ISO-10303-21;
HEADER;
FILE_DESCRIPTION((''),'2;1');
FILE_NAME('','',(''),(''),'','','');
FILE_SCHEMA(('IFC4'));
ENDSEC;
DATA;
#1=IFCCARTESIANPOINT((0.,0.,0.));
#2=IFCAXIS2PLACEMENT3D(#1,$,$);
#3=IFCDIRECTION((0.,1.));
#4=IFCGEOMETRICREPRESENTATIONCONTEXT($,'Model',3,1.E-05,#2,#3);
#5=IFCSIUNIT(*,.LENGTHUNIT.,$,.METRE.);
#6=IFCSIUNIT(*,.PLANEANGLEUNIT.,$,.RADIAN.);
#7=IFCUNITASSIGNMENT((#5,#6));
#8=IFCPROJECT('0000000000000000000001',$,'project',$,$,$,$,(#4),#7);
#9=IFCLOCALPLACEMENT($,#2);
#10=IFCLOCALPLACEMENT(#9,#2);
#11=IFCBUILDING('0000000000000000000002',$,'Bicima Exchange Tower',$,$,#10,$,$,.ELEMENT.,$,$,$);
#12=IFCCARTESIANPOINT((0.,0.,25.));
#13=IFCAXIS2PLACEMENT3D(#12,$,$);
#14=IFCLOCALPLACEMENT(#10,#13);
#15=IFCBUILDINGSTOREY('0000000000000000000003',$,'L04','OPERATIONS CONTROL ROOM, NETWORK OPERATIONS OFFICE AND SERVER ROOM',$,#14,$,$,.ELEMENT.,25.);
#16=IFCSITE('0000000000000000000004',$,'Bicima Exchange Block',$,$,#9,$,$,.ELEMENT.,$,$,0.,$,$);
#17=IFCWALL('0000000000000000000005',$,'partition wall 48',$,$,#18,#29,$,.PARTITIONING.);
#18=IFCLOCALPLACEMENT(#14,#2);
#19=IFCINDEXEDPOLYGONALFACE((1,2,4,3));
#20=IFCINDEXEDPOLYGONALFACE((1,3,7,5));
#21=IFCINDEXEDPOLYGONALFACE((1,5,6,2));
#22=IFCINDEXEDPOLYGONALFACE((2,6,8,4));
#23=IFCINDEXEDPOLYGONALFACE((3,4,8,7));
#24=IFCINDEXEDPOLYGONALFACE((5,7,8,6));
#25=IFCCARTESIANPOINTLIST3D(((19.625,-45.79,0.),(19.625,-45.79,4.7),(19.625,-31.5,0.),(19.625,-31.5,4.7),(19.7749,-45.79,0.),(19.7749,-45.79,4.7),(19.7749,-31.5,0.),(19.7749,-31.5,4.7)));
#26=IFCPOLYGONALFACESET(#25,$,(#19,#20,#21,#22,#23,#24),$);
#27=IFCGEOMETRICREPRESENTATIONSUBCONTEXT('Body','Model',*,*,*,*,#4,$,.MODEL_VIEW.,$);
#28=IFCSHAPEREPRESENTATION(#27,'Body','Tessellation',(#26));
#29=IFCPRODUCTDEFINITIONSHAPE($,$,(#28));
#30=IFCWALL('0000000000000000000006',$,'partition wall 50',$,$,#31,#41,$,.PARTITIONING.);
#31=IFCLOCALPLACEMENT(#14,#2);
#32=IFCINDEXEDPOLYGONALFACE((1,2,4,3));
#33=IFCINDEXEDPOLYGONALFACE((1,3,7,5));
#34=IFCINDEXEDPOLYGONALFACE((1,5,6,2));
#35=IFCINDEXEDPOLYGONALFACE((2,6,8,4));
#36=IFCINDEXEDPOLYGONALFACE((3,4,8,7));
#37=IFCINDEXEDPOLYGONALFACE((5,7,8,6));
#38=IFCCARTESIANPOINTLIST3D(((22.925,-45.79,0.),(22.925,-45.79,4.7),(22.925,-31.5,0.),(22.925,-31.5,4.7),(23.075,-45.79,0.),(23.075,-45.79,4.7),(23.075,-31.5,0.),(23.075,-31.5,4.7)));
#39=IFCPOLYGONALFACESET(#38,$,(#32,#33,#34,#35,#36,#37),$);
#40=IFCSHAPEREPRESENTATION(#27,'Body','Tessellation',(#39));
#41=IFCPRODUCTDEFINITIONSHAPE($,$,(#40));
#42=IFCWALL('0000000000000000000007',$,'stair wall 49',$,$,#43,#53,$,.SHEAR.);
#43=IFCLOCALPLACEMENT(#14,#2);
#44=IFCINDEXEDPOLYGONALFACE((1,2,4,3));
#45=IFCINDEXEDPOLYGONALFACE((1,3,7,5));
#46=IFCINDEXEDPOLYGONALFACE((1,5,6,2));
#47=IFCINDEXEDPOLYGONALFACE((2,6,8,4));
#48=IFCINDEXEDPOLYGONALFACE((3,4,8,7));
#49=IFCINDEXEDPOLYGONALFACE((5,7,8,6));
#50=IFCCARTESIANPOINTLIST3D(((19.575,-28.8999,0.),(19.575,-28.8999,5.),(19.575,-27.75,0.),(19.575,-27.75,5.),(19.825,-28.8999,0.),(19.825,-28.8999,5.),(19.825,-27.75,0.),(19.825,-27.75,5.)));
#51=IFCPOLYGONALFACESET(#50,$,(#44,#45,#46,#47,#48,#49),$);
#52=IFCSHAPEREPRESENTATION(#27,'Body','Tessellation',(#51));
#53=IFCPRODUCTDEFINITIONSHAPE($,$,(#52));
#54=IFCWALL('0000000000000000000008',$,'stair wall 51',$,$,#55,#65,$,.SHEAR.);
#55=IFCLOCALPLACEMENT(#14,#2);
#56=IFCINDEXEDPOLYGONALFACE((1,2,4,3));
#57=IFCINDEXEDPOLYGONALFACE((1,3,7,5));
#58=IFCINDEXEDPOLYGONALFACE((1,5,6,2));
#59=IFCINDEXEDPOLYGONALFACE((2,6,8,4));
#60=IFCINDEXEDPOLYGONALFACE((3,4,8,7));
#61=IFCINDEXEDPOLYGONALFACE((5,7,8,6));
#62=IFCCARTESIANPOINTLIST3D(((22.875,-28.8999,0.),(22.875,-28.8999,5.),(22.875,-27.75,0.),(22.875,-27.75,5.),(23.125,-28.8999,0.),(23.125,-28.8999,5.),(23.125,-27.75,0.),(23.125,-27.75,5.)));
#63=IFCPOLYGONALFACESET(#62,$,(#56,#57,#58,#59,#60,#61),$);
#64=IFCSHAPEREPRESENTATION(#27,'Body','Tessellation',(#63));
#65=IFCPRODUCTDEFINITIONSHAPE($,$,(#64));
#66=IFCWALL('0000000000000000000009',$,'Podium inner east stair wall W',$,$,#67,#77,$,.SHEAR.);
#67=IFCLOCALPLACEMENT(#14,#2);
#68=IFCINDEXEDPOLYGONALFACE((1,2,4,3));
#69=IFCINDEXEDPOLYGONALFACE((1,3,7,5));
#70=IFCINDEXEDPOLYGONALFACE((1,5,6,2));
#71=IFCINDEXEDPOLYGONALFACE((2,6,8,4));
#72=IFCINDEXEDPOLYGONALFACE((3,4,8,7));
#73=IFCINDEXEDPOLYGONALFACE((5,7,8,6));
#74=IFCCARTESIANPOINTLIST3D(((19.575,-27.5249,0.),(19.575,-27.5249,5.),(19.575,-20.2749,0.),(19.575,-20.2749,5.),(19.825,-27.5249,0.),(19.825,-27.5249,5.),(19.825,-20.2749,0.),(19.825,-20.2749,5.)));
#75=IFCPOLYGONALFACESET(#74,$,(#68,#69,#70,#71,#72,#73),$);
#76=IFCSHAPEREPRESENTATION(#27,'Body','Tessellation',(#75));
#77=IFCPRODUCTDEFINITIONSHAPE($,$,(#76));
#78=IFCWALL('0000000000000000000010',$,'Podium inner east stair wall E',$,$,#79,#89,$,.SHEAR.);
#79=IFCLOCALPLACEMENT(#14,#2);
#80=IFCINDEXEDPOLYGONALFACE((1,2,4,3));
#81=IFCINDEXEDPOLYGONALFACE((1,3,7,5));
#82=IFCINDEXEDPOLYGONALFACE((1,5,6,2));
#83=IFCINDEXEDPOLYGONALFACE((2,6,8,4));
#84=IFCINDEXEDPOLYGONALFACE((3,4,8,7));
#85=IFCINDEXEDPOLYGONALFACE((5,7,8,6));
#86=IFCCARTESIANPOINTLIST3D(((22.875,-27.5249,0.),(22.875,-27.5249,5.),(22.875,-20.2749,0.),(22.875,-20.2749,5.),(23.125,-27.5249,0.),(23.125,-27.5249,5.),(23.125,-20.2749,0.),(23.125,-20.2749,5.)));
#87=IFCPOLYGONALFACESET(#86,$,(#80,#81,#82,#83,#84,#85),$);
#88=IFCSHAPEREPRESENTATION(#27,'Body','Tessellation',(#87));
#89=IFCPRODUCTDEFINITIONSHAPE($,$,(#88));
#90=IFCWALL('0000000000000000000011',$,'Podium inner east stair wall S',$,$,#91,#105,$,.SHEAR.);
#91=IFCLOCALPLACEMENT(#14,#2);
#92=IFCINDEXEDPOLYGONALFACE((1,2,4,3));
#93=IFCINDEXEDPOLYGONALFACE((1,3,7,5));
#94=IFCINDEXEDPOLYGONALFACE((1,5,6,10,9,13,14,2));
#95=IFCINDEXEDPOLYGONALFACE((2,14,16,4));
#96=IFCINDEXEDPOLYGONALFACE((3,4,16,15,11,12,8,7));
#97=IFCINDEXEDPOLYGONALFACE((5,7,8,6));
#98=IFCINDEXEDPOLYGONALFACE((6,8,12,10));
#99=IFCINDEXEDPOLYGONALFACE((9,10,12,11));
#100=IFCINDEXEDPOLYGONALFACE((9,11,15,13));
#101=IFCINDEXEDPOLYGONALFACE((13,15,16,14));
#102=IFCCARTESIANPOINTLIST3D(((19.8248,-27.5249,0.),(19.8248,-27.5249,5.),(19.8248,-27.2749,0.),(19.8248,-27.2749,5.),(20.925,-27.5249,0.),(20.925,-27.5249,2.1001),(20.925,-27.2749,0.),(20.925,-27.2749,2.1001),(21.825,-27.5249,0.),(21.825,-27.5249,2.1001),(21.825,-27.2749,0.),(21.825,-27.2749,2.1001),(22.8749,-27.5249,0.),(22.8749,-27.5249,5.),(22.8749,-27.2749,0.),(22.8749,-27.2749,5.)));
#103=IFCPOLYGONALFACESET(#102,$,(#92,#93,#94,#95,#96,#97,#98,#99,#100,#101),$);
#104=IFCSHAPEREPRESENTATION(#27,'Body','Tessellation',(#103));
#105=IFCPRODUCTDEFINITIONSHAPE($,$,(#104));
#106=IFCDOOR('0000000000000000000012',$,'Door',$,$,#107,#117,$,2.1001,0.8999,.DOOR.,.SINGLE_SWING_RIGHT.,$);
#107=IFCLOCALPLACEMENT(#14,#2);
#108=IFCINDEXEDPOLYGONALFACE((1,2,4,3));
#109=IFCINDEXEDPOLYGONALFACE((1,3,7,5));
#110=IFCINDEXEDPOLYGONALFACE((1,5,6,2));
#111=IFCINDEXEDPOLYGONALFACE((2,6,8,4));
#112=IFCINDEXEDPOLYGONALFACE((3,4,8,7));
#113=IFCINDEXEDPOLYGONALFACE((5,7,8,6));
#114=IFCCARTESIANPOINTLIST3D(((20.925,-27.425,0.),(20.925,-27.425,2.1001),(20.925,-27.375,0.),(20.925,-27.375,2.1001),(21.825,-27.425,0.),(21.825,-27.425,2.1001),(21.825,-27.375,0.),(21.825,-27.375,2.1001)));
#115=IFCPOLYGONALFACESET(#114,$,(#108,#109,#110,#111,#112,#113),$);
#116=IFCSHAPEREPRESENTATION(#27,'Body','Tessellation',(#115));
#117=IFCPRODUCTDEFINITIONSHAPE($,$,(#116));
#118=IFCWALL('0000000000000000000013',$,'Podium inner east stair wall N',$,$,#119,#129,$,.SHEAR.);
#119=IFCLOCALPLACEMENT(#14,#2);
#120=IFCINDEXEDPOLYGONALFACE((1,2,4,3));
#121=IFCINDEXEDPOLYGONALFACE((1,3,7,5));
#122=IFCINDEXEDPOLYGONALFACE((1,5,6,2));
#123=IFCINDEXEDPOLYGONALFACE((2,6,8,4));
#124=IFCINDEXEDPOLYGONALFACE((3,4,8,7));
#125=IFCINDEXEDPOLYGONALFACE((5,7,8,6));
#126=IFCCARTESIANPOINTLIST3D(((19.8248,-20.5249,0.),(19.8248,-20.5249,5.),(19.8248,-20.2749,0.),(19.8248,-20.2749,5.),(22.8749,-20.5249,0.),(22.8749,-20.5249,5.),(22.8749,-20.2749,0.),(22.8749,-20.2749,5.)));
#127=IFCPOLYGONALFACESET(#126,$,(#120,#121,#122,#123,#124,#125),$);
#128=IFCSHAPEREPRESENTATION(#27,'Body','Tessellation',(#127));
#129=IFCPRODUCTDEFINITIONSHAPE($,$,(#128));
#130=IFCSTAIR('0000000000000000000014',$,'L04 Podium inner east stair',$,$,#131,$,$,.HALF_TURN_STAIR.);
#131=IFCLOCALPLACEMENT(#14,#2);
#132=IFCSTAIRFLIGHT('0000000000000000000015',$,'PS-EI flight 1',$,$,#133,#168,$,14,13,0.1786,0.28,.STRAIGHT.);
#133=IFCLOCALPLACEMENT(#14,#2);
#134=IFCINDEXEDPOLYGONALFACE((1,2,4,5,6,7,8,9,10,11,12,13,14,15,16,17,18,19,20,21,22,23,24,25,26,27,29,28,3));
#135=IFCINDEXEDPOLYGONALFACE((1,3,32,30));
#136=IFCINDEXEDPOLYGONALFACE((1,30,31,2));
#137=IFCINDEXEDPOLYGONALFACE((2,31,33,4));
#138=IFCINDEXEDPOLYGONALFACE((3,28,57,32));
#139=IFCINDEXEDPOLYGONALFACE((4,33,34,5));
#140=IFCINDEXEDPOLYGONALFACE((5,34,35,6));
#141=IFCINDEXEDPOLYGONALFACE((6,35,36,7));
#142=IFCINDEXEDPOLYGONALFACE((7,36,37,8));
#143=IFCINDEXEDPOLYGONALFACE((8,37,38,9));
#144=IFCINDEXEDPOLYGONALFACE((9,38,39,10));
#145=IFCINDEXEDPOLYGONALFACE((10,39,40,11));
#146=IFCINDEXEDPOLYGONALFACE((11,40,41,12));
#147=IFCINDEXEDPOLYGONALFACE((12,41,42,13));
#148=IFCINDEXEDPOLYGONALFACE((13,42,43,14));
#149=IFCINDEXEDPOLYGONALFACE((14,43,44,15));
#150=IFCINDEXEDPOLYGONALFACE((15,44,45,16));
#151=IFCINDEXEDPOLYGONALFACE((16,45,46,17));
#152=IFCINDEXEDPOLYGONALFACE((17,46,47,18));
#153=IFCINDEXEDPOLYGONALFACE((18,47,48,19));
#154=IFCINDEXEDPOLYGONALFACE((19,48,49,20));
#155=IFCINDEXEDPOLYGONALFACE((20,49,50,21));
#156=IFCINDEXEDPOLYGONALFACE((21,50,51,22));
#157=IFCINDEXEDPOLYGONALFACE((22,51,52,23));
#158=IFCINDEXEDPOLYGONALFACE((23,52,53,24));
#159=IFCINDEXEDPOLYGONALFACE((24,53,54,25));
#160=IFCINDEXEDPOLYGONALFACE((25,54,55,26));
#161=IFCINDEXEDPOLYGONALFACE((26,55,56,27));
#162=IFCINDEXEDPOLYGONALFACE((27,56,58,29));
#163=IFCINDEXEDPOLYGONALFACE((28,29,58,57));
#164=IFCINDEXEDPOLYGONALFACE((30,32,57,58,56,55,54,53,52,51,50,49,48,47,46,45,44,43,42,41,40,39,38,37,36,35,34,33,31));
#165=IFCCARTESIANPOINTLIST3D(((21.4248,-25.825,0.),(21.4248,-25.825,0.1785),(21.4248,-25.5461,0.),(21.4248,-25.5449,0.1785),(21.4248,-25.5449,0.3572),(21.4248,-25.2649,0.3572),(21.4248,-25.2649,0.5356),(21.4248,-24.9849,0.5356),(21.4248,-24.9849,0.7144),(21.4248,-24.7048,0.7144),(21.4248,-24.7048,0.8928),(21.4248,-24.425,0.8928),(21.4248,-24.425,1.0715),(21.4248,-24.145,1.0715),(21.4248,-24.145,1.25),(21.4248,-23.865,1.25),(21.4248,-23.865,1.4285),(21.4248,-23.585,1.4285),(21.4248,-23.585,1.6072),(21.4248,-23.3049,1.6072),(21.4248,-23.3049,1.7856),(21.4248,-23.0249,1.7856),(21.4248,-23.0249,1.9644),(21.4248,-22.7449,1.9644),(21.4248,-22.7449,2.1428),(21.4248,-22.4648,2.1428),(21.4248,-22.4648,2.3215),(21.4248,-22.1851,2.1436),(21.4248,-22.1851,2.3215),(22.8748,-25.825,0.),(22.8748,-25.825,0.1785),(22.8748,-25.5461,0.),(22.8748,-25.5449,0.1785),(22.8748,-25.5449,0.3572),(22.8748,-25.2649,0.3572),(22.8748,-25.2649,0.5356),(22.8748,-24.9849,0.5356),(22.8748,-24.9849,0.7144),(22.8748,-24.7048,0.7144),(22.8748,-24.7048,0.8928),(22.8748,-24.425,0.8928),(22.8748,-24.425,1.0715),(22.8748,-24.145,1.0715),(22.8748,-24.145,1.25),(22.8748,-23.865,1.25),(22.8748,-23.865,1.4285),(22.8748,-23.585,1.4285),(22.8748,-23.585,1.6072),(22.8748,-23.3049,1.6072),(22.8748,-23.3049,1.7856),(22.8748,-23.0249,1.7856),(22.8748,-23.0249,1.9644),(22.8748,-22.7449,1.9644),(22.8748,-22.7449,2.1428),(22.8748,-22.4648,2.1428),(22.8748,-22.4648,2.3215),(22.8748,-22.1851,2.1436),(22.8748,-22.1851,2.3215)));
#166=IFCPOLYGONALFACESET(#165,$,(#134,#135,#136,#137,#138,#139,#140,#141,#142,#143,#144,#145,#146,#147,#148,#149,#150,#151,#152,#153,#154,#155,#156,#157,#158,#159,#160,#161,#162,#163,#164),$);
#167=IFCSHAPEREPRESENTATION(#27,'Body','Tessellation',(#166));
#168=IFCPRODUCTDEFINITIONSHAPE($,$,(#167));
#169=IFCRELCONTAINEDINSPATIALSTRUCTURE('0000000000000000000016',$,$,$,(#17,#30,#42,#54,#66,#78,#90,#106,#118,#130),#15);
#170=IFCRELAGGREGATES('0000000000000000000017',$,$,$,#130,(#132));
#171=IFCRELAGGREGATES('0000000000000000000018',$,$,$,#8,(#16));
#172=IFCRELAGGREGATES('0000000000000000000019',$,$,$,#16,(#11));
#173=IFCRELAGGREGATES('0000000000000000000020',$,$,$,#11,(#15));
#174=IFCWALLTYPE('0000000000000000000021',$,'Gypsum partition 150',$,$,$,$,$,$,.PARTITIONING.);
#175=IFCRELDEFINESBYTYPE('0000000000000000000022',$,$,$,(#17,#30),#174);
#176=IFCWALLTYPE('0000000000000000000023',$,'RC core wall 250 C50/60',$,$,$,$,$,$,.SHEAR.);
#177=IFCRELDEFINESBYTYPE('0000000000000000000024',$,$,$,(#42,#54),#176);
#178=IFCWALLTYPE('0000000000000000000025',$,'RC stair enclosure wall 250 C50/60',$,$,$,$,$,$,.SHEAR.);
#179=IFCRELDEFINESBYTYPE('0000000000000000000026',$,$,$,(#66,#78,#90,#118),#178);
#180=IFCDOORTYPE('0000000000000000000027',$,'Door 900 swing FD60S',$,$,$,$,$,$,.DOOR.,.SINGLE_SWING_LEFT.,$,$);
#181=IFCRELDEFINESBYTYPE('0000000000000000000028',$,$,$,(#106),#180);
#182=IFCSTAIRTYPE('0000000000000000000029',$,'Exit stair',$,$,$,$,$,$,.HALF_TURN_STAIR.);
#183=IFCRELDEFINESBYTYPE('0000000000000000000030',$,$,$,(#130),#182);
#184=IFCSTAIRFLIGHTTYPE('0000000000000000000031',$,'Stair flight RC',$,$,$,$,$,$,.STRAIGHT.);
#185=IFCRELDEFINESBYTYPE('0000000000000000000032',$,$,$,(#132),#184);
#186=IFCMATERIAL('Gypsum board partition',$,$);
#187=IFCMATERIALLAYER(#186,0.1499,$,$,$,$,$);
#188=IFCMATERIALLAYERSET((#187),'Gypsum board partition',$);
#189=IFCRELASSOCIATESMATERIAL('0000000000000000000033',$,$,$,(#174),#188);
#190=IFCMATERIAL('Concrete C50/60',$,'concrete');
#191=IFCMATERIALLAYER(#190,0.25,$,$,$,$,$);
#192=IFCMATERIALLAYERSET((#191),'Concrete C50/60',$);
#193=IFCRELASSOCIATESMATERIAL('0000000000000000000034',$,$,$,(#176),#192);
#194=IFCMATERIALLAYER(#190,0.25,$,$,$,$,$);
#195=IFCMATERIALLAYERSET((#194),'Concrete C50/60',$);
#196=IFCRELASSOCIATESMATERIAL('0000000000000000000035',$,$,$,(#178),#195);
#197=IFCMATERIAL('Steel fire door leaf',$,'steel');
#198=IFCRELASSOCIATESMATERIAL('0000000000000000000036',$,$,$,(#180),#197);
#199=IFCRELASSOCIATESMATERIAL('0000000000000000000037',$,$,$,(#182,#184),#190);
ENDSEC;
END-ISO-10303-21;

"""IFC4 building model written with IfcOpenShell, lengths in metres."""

from ifc_helpers import new_model, si_unit, direction, frame, frame_2d, origin, place, context, subcontext, project, spatial, polyline, rectangle, outline, extrude, material, layer, layer_set, type_object, element, fill, aggregate, save


model = new_model("IFC4")

# Units and contexts
model_context = context("Model", 3, precision=1e-05, world=origin(), true_north=direction((0.0, 1.0)))
body_context = subcontext(model_context, "Body", "Model", "MODEL_VIEW")
ifc_project = project(units=[si_unit("LENGTHUNIT", "METRE"), si_unit("PLANEANGLEUNIT", "RADIAN")], contexts=[model_context])

# Site, building, storey
site_placement = place(None, origin())
site = spatial("IfcSite", under=ifc_project, at=site_placement, Name="Bicima Exchange Block", CompositionType="ELEMENT", RefElevation=0.0)
building_placement = place(site_placement, origin())
building = spatial("IfcBuilding", under=site, at=building_placement, Name="Bicima Exchange Tower", CompositionType="ELEMENT")
storey_placement = place(building_placement, frame((0.0, 0.0, 25.0)))
storey = spatial("IfcBuildingStorey", under=building, at=storey_placement, Name="L04", Description="OPERATIONS CONTROL ROOM, NETWORK OPERATIONS OFFICE AND SERVER ROOM", CompositionType="ELEMENT", Elevation=25.0)

# Shared definitions
ifc_material_1 = material(Name="Gypsum board partition")
ifc_material_2 = material(Name="Steel fire door leaf", Category="steel")

# Walls
ifc_layer_1 = layer(ifc_material_1, 0.1499)
ifc_layer_set_1 = layer_set([ifc_layer_1], Name="Gypsum board partition")
wall_type_1 = type_object("IfcWallType", Name="Gypsum partition 150", PredefinedType="PARTITIONING", material=ifc_layer_set_1)
for number, where, z_axis, x_axis, name in (
    (1, (19.7, -45.79, 0.0), (0.0, 0.0, 1.0), (0.0, 1.0, 0.0), "partition wall 48"),
    (2, (23.0, -45.79, 0.0), (0.0, 0.0, 1.0), (0.0, 1.0, 0.0), "partition wall 50"),
):
    element("IfcWall", number, at=place(storey_placement, frame(where, z_axis=z_axis, x_axis=x_axis)), inside=storey, type_object=wall_type_1, Name=name, PredefinedType="PARTITIONING", context=body_context, shape_type="SweptSolid", body=[
        extrude(rectangle(XDim=14.29, YDim=0.1499, at=frame_2d((7.145, 0.0))), origin(), (0.0, 0.0, 1.0), 4.7),
    ])
ifc_material_3 = material(Name="Concrete C50/60", Category="concrete")
ifc_layer_2 = layer(ifc_material_3, 0.25)
ifc_layer_set_2 = layer_set([ifc_layer_2], Name="Concrete C50/60")
wall_type_2 = type_object("IfcWallType", Name="RC core wall 250 C50/60", PredefinedType="SHEAR", material=ifc_layer_set_2)
for number, where, z_axis, x_axis, name in (
    (3, (19.7, -28.8999, 0.0), (0.0, 0.0, 1.0), (0.0, 1.0, 0.0), "stair wall 49"),
    (4, (23.0, -28.8999, 0.0), (0.0, 0.0, 1.0), (0.0, 1.0, 0.0), "stair wall 51"),
):
    element("IfcWall", number, at=place(storey_placement, frame(where, z_axis=z_axis, x_axis=x_axis)), inside=storey, type_object=wall_type_2, Name=name, PredefinedType="SHEAR", context=body_context, shape_type="SweptSolid", body=[
        extrude(rectangle(XDim=1.1499, YDim=0.25, at=frame_2d((0.575, 0.0))), origin(), (0.0, 0.0, 1.0), 5.0),
    ])
ifc_layer_3 = layer(ifc_material_3, 0.25)
ifc_layer_set_3 = layer_set([ifc_layer_3], Name="Concrete C50/60")
wall_type_3 = type_object("IfcWallType", Name="RC stair enclosure wall 250 C50/60", PredefinedType="SHEAR", material=ifc_layer_set_3)
for number, where, z_axis, x_axis, name in (
    (5, (19.7, -27.5249, 0.0), (0.0, 0.0, 1.0), (0.0, 1.0, 0.0), "Podium inner east stair wall W"),
    (6, (23.0, -27.5249, 0.0), (0.0, 0.0, 1.0), (0.0, 1.0, 0.0), "Podium inner east stair wall E"),
):
    element("IfcWall", number, at=place(storey_placement, frame(where, z_axis=z_axis, x_axis=x_axis)), inside=storey, type_object=wall_type_3, Name=name, PredefinedType="SHEAR", context=body_context, shape_type="SweptSolid", body=[
        extrude(rectangle(XDim=7.25, YDim=0.25, at=frame_2d((3.625, 0.0))), origin(), (0.0, 0.0, 1.0), 5.0),
    ])

# Wall, opening, door
wall_1_placement = place(storey_placement, frame((19.825, -27.3999, 0.0), z_axis=(0.0, 0.0, 1.0), x_axis=(1.0, 0.0, 0.0)))
wall_1 = element("IfcWall", 7, at=wall_1_placement, inside=storey, type_object=wall_type_3, Name="Podium inner east stair wall S", PredefinedType="SHEAR", context=body_context, shape_type="SweptSolid", body=[
    extrude(rectangle(XDim=3.05, YDim=0.25, at=frame_2d((1.5249, 0.0))), origin(), (0.0, 0.0, 1.0), 5.0),
])
opening_1_placement = place(wall_1_placement, frame((1.1001, 0.0, 0.0)))
opening_1 = element("IfcOpeningElement", 8, at=opening_1_placement, cuts=wall_1, PredefinedType="OPENING", context=body_context, shape_type="SweptSolid", body=[
    extrude(rectangle(XDim=0.8999, YDim=2.1001, at=frame_2d((0.45, 1.05))), frame((0.0, 0.137, 0.0), z_axis=(0.0, -1.0, 0.0), x_axis=(1.0, 0.0, 0.0)), (0.0, 0.0, 1.0), 0.2739),
])
door_type_1 = type_object("IfcDoorType", Name="Door 900 swing FD60S", OperationType="SINGLE_SWING_LEFT", PredefinedType="DOOR", material=ifc_material_2)
door_1_placement = place(opening_1_placement, origin())
door_1 = element("IfcDoor", 9, at=door_1_placement, inside=storey, type_object=door_type_1, Name="Door", OperationType="SINGLE_SWING_RIGHT", OverallHeight=2.1001, OverallWidth=0.8999, PredefinedType="DOOR", context=body_context, shape_type="SweptSolid", body=[
    extrude(rectangle(XDim=0.8999, YDim=2.1001, at=frame_2d((0.45, 1.05))), frame((0.0, 0.0249, 0.0), z_axis=(0.0, -1.0, 0.0), x_axis=(1.0, 0.0, 0.0)), (0.0, 0.0, 1.0), 0.05),
])
fill(opening_1, door_1)

# Wall
wall_2_placement = place(storey_placement, frame((19.825, -20.3999, 0.0), z_axis=(0.0, 0.0, 1.0), x_axis=(1.0, 0.0, 0.0)))
element("IfcWall", 10, at=wall_2_placement, inside=storey, type_object=wall_type_3, Name="Podium inner east stair wall N", PredefinedType="SHEAR", context=body_context, shape_type="SweptSolid", body=[
    extrude(rectangle(XDim=3.05, YDim=0.25, at=frame_2d((1.5249, 0.0))), origin(), (0.0, 0.0, 1.0), 5.0),
])

# Stair, stair flight
stair_type = type_object("IfcStairType", Name="Exit stair", PredefinedType="HALF_TURN_STAIR", material=ifc_material_3)
stair_placement = place(storey_placement, origin())
stair = element("IfcStair", 11, at=stair_placement, inside=storey, type_object=stair_type, Name="L04 Podium inner east stair", PredefinedType="HALF_TURN_STAIR")
stair_flight_type = type_object("IfcStairFlightType", Name="Stair flight RC", PredefinedType="STRAIGHT", material=ifc_material_3)
stair_flight_1_placement = place(storey_placement, frame((22.1499, -25.825, 0.0), z_axis=(0.0, 0.0, 1.0), x_axis=(0.0, 1.0, 0.0)))
stair_flight_1 = element("IfcStairFlight", 12, at=stair_flight_1_placement, type_object=stair_flight_type, Name="PS-EI flight 1", NumberOfRisers=14, NumberOfTreads=13, PredefinedType="STRAIGHT", RiserHeight=0.1786, TreadLength=0.28, context=body_context, shape_type="SweptSolid", body=[
    extrude(outline(polyline([(0.0, 0.0), (0.0, 0.1785), (0.28, 0.1785), (0.28, 0.3572), (0.5601, 0.3572), (0.5601, 0.5356), (0.8401, 0.5356), (0.8401, 0.7144), (1.1201, 0.7144), (1.1201, 0.8928), (1.3999, 0.8928), (1.3999, 1.0715), (1.6799, 1.0715), (1.6799, 1.25), (1.96, 1.25), (1.96, 1.4285), (2.24, 1.4285), (2.24, 1.6072), (2.52, 1.6072), (2.52, 1.7856), (2.8, 1.7856), (2.8, 1.9644), (3.0801, 1.9644), (3.0801, 2.1428), (3.3601, 2.1428), (3.3601, 2.3215), (3.6399, 2.3215), (3.6399, 2.5), (3.6399, 2.1436), (0.2788, 0.0), (0.0, 0.0)])), frame((0.0, 0.7251, 0.0), z_axis=(0.0, -1.0, 0.0), x_axis=(1.0, 0.0, 0.0)), (0.0, 0.0, 1.0), 1.45),
])
aggregate(stair, [stair_flight_1])

save(model, "model.ifc")
